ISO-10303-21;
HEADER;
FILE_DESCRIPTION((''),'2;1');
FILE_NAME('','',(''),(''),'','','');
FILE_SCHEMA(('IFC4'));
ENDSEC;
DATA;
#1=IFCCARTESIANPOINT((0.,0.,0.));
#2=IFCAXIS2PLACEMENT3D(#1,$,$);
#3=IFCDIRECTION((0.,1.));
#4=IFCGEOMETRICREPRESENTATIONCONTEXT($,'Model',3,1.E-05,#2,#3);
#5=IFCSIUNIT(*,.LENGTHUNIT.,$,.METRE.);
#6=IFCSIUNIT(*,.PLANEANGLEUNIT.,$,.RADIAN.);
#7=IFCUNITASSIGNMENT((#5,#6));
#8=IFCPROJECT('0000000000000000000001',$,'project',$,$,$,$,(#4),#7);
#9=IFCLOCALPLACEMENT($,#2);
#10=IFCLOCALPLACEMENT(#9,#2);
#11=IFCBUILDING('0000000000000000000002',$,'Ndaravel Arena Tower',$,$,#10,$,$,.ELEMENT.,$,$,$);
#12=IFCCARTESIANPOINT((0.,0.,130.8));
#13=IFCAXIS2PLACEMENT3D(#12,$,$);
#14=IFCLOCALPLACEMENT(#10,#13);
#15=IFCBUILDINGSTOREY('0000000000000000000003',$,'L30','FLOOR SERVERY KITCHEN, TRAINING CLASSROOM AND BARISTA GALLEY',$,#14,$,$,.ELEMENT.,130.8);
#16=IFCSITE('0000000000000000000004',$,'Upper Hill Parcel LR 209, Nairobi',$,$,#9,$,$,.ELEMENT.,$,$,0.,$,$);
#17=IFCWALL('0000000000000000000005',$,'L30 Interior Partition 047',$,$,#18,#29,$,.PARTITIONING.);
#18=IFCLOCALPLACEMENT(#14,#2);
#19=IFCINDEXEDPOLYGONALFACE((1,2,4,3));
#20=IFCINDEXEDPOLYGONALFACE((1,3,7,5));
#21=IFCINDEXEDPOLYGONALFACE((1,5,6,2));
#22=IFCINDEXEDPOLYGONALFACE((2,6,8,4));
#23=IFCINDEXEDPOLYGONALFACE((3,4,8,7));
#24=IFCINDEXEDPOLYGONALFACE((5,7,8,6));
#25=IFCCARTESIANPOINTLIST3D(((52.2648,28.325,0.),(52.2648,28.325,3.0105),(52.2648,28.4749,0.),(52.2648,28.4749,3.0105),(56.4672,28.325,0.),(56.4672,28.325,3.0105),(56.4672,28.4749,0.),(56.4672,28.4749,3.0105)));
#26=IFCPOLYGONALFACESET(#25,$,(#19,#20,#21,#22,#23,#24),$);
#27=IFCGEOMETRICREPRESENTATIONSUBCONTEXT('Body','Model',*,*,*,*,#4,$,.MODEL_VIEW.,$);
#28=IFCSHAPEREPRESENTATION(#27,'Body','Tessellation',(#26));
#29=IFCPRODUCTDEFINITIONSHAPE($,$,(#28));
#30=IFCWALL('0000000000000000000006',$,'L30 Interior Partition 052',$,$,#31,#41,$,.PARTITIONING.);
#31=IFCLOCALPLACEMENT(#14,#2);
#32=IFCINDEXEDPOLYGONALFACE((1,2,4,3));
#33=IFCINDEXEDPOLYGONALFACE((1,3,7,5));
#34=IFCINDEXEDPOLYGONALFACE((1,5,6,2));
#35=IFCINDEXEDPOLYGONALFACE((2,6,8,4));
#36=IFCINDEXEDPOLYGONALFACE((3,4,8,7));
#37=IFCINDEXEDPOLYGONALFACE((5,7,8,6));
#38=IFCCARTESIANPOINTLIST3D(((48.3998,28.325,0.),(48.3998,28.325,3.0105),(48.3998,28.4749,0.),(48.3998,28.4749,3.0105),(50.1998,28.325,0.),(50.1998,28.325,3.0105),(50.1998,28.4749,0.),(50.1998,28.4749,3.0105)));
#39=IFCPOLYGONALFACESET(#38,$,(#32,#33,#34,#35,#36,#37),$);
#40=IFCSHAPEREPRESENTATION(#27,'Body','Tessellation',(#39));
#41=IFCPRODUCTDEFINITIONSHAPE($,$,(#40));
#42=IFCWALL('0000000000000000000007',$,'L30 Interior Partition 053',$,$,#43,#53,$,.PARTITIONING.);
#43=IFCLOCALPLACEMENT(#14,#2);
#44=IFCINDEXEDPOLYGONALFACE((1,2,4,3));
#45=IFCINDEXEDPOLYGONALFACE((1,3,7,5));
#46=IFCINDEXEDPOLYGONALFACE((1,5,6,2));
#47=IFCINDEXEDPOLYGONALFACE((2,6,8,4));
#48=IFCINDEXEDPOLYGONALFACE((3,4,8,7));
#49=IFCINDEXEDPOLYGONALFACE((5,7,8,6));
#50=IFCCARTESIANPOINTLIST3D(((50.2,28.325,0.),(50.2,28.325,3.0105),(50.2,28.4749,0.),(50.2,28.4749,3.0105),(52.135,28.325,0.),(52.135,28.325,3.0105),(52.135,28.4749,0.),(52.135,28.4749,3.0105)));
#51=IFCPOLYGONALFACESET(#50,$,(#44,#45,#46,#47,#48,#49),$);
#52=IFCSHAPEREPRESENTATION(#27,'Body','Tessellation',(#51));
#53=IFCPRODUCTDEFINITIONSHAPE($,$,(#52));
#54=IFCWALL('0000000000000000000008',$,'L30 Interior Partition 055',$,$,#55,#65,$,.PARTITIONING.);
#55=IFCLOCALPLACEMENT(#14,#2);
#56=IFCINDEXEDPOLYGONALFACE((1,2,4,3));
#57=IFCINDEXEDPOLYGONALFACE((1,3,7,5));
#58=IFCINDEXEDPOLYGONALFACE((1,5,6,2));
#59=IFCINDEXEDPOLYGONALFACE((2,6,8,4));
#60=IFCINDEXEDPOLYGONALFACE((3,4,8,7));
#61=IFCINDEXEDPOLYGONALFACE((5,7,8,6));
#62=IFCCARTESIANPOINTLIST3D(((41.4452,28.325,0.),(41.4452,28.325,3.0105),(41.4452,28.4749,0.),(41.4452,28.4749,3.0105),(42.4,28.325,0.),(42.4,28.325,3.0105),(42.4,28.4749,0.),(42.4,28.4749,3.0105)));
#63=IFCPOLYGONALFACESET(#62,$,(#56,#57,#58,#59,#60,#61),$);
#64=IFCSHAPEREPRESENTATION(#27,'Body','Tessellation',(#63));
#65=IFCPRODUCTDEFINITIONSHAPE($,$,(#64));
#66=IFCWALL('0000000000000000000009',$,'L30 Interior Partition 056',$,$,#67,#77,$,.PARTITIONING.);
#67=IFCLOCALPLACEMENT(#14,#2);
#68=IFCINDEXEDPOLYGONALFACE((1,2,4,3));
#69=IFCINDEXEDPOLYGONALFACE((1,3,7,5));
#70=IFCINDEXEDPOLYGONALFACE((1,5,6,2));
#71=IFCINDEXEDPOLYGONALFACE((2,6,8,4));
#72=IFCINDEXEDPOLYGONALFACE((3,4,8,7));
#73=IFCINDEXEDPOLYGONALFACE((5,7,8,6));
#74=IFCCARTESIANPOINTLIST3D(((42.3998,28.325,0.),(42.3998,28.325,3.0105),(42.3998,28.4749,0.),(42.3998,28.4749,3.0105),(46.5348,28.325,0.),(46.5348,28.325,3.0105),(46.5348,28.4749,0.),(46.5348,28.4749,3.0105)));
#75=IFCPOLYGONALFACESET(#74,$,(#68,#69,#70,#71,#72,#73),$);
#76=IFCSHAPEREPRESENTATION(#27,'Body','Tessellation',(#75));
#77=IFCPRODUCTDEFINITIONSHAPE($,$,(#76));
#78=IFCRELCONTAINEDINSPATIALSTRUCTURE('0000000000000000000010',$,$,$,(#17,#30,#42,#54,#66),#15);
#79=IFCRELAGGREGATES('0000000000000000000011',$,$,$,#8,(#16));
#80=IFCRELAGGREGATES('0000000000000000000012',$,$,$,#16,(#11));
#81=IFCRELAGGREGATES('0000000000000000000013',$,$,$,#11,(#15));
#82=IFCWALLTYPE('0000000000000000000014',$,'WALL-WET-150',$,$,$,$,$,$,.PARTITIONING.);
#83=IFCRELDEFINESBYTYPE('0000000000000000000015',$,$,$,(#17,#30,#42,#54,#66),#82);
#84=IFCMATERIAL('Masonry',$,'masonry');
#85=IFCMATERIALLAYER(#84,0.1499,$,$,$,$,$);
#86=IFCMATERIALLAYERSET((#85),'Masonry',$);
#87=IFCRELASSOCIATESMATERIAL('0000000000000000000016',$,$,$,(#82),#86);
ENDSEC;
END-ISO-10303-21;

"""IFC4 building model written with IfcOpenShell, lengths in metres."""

from ifc_helpers import new_model, si_unit, direction, frame, frame_2d, origin, place, context, subcontext, project, spatial, rectangle, extrude, material, layer, layer_set, type_object, element, save


model = new_model("IFC4")

# Units and contexts
model_context = context("Model", 3, precision=1e-05, world=origin(), true_north=direction((0.0, 1.0)))
body_context = subcontext(model_context, "Body", "Model", "MODEL_VIEW")
ifc_project = project(units=[si_unit("LENGTHUNIT", "METRE"), si_unit("PLANEANGLEUNIT", "RADIAN")], contexts=[model_context])

# Site, building, storey
site_placement = place(None, origin())
site = spatial("IfcSite", under=ifc_project, at=site_placement, Name="Upper Hill Parcel LR 209, Nairobi", CompositionType="ELEMENT", RefElevation=0.0)
building_placement = place(site_placement, origin())
building = spatial("IfcBuilding", under=site, at=building_placement, Name="Ndaravel Arena Tower", CompositionType="ELEMENT")
storey_placement = place(building_placement, frame((0.0, 0.0, 130.8)))
storey = spatial("IfcBuildingStorey", under=building, at=storey_placement, Name="L30", Description="FLOOR SERVERY KITCHEN, TRAINING CLASSROOM AND BARISTA GALLEY", CompositionType="ELEMENT", Elevation=130.8)

# Shared definitions
ifc_material_1 = material(Name="Masonry", Category="masonry")
ifc_layer_1 = layer(ifc_material_1, 0.1499)
ifc_layer_set_1 = layer_set([ifc_layer_1], Name="Masonry")
wall_type_1 = type_object("IfcWallType", Name="WALL-WET-150", PredefinedType="PARTITIONING", material=ifc_layer_set_1)

# Walls
wall_1_placement = place(storey_placement, frame((52.2649, 28.3999, 0.0), z_axis=(0.0, 0.0, 1.0), x_axis=(1.0, 0.0, 0.0)))
element("IfcWall", 1, at=wall_1_placement, inside=storey, type_object=wall_type_1, Name="L30 Interior Partition 047", PredefinedType="PARTITIONING", context=body_context, shape_type="SweptSolid", body=[
    extrude(rectangle(XDim=4.2024, YDim=0.1499, at=frame_2d((2.1011, 0.0))), origin(), (0.0, 0.0, 1.0), 3.0105),
])
wall_2_placement = place(storey_placement, frame((48.3999, 28.3999, 0.0), z_axis=(0.0, 0.0, 1.0), x_axis=(1.0, 0.0, 0.0)))
element("IfcWall", 2, at=wall_2_placement, inside=storey, type_object=wall_type_1, Name="L30 Interior Partition 052", PredefinedType="PARTITIONING", context=body_context, shape_type="SweptSolid", body=[
    extrude(rectangle(XDim=1.8, YDim=0.1499, at=frame_2d((0.8999, 0.0))), origin(), (0.0, 0.0, 1.0), 3.0105),
])
wall_3_placement = place(storey_placement, frame((50.2, 28.3999, 0.0), z_axis=(0.0, 0.0, 1.0), x_axis=(1.0, 0.0, 0.0)))
element("IfcWall", 3, at=wall_3_placement, inside=storey, type_object=wall_type_1, Name="L30 Interior Partition 053", PredefinedType="PARTITIONING", context=body_context, shape_type="SweptSolid", body=[
    extrude(rectangle(XDim=1.9351, YDim=0.1499, at=frame_2d((0.9675, 0.0))), origin(), (0.0, 0.0, 1.0), 3.0105),
])
wall_4_placement = place(storey_placement, frame((41.4451, 28.3999, 0.0), z_axis=(0.0, 0.0, 1.0), x_axis=(1.0, 0.0, 0.0)))
element("IfcWall", 4, at=wall_4_placement, inside=storey, type_object=wall_type_1, Name="L30 Interior Partition 055", PredefinedType="PARTITIONING", context=body_context, shape_type="SweptSolid", body=[
    extrude(rectangle(XDim=0.9548, YDim=0.1499, at=frame_2d((0.4775, 0.0))), origin(), (0.0, 0.0, 1.0), 3.0105),
])
wall_5_placement = place(storey_placement, frame((42.3999, 28.3999, 0.0), z_axis=(0.0, 0.0, 1.0), x_axis=(1.0, 0.0, 0.0)))
element("IfcWall", 5, at=wall_5_placement, inside=storey, type_object=wall_type_1, Name="L30 Interior Partition 056", PredefinedType="PARTITIONING", context=body_context, shape_type="SweptSolid", body=[
    extrude(rectangle(XDim=4.135, YDim=0.1499, at=frame_2d((2.0674, 0.0))), origin(), (0.0, 0.0, 1.0), 3.0105),
])

save(model, "model.ifc")
